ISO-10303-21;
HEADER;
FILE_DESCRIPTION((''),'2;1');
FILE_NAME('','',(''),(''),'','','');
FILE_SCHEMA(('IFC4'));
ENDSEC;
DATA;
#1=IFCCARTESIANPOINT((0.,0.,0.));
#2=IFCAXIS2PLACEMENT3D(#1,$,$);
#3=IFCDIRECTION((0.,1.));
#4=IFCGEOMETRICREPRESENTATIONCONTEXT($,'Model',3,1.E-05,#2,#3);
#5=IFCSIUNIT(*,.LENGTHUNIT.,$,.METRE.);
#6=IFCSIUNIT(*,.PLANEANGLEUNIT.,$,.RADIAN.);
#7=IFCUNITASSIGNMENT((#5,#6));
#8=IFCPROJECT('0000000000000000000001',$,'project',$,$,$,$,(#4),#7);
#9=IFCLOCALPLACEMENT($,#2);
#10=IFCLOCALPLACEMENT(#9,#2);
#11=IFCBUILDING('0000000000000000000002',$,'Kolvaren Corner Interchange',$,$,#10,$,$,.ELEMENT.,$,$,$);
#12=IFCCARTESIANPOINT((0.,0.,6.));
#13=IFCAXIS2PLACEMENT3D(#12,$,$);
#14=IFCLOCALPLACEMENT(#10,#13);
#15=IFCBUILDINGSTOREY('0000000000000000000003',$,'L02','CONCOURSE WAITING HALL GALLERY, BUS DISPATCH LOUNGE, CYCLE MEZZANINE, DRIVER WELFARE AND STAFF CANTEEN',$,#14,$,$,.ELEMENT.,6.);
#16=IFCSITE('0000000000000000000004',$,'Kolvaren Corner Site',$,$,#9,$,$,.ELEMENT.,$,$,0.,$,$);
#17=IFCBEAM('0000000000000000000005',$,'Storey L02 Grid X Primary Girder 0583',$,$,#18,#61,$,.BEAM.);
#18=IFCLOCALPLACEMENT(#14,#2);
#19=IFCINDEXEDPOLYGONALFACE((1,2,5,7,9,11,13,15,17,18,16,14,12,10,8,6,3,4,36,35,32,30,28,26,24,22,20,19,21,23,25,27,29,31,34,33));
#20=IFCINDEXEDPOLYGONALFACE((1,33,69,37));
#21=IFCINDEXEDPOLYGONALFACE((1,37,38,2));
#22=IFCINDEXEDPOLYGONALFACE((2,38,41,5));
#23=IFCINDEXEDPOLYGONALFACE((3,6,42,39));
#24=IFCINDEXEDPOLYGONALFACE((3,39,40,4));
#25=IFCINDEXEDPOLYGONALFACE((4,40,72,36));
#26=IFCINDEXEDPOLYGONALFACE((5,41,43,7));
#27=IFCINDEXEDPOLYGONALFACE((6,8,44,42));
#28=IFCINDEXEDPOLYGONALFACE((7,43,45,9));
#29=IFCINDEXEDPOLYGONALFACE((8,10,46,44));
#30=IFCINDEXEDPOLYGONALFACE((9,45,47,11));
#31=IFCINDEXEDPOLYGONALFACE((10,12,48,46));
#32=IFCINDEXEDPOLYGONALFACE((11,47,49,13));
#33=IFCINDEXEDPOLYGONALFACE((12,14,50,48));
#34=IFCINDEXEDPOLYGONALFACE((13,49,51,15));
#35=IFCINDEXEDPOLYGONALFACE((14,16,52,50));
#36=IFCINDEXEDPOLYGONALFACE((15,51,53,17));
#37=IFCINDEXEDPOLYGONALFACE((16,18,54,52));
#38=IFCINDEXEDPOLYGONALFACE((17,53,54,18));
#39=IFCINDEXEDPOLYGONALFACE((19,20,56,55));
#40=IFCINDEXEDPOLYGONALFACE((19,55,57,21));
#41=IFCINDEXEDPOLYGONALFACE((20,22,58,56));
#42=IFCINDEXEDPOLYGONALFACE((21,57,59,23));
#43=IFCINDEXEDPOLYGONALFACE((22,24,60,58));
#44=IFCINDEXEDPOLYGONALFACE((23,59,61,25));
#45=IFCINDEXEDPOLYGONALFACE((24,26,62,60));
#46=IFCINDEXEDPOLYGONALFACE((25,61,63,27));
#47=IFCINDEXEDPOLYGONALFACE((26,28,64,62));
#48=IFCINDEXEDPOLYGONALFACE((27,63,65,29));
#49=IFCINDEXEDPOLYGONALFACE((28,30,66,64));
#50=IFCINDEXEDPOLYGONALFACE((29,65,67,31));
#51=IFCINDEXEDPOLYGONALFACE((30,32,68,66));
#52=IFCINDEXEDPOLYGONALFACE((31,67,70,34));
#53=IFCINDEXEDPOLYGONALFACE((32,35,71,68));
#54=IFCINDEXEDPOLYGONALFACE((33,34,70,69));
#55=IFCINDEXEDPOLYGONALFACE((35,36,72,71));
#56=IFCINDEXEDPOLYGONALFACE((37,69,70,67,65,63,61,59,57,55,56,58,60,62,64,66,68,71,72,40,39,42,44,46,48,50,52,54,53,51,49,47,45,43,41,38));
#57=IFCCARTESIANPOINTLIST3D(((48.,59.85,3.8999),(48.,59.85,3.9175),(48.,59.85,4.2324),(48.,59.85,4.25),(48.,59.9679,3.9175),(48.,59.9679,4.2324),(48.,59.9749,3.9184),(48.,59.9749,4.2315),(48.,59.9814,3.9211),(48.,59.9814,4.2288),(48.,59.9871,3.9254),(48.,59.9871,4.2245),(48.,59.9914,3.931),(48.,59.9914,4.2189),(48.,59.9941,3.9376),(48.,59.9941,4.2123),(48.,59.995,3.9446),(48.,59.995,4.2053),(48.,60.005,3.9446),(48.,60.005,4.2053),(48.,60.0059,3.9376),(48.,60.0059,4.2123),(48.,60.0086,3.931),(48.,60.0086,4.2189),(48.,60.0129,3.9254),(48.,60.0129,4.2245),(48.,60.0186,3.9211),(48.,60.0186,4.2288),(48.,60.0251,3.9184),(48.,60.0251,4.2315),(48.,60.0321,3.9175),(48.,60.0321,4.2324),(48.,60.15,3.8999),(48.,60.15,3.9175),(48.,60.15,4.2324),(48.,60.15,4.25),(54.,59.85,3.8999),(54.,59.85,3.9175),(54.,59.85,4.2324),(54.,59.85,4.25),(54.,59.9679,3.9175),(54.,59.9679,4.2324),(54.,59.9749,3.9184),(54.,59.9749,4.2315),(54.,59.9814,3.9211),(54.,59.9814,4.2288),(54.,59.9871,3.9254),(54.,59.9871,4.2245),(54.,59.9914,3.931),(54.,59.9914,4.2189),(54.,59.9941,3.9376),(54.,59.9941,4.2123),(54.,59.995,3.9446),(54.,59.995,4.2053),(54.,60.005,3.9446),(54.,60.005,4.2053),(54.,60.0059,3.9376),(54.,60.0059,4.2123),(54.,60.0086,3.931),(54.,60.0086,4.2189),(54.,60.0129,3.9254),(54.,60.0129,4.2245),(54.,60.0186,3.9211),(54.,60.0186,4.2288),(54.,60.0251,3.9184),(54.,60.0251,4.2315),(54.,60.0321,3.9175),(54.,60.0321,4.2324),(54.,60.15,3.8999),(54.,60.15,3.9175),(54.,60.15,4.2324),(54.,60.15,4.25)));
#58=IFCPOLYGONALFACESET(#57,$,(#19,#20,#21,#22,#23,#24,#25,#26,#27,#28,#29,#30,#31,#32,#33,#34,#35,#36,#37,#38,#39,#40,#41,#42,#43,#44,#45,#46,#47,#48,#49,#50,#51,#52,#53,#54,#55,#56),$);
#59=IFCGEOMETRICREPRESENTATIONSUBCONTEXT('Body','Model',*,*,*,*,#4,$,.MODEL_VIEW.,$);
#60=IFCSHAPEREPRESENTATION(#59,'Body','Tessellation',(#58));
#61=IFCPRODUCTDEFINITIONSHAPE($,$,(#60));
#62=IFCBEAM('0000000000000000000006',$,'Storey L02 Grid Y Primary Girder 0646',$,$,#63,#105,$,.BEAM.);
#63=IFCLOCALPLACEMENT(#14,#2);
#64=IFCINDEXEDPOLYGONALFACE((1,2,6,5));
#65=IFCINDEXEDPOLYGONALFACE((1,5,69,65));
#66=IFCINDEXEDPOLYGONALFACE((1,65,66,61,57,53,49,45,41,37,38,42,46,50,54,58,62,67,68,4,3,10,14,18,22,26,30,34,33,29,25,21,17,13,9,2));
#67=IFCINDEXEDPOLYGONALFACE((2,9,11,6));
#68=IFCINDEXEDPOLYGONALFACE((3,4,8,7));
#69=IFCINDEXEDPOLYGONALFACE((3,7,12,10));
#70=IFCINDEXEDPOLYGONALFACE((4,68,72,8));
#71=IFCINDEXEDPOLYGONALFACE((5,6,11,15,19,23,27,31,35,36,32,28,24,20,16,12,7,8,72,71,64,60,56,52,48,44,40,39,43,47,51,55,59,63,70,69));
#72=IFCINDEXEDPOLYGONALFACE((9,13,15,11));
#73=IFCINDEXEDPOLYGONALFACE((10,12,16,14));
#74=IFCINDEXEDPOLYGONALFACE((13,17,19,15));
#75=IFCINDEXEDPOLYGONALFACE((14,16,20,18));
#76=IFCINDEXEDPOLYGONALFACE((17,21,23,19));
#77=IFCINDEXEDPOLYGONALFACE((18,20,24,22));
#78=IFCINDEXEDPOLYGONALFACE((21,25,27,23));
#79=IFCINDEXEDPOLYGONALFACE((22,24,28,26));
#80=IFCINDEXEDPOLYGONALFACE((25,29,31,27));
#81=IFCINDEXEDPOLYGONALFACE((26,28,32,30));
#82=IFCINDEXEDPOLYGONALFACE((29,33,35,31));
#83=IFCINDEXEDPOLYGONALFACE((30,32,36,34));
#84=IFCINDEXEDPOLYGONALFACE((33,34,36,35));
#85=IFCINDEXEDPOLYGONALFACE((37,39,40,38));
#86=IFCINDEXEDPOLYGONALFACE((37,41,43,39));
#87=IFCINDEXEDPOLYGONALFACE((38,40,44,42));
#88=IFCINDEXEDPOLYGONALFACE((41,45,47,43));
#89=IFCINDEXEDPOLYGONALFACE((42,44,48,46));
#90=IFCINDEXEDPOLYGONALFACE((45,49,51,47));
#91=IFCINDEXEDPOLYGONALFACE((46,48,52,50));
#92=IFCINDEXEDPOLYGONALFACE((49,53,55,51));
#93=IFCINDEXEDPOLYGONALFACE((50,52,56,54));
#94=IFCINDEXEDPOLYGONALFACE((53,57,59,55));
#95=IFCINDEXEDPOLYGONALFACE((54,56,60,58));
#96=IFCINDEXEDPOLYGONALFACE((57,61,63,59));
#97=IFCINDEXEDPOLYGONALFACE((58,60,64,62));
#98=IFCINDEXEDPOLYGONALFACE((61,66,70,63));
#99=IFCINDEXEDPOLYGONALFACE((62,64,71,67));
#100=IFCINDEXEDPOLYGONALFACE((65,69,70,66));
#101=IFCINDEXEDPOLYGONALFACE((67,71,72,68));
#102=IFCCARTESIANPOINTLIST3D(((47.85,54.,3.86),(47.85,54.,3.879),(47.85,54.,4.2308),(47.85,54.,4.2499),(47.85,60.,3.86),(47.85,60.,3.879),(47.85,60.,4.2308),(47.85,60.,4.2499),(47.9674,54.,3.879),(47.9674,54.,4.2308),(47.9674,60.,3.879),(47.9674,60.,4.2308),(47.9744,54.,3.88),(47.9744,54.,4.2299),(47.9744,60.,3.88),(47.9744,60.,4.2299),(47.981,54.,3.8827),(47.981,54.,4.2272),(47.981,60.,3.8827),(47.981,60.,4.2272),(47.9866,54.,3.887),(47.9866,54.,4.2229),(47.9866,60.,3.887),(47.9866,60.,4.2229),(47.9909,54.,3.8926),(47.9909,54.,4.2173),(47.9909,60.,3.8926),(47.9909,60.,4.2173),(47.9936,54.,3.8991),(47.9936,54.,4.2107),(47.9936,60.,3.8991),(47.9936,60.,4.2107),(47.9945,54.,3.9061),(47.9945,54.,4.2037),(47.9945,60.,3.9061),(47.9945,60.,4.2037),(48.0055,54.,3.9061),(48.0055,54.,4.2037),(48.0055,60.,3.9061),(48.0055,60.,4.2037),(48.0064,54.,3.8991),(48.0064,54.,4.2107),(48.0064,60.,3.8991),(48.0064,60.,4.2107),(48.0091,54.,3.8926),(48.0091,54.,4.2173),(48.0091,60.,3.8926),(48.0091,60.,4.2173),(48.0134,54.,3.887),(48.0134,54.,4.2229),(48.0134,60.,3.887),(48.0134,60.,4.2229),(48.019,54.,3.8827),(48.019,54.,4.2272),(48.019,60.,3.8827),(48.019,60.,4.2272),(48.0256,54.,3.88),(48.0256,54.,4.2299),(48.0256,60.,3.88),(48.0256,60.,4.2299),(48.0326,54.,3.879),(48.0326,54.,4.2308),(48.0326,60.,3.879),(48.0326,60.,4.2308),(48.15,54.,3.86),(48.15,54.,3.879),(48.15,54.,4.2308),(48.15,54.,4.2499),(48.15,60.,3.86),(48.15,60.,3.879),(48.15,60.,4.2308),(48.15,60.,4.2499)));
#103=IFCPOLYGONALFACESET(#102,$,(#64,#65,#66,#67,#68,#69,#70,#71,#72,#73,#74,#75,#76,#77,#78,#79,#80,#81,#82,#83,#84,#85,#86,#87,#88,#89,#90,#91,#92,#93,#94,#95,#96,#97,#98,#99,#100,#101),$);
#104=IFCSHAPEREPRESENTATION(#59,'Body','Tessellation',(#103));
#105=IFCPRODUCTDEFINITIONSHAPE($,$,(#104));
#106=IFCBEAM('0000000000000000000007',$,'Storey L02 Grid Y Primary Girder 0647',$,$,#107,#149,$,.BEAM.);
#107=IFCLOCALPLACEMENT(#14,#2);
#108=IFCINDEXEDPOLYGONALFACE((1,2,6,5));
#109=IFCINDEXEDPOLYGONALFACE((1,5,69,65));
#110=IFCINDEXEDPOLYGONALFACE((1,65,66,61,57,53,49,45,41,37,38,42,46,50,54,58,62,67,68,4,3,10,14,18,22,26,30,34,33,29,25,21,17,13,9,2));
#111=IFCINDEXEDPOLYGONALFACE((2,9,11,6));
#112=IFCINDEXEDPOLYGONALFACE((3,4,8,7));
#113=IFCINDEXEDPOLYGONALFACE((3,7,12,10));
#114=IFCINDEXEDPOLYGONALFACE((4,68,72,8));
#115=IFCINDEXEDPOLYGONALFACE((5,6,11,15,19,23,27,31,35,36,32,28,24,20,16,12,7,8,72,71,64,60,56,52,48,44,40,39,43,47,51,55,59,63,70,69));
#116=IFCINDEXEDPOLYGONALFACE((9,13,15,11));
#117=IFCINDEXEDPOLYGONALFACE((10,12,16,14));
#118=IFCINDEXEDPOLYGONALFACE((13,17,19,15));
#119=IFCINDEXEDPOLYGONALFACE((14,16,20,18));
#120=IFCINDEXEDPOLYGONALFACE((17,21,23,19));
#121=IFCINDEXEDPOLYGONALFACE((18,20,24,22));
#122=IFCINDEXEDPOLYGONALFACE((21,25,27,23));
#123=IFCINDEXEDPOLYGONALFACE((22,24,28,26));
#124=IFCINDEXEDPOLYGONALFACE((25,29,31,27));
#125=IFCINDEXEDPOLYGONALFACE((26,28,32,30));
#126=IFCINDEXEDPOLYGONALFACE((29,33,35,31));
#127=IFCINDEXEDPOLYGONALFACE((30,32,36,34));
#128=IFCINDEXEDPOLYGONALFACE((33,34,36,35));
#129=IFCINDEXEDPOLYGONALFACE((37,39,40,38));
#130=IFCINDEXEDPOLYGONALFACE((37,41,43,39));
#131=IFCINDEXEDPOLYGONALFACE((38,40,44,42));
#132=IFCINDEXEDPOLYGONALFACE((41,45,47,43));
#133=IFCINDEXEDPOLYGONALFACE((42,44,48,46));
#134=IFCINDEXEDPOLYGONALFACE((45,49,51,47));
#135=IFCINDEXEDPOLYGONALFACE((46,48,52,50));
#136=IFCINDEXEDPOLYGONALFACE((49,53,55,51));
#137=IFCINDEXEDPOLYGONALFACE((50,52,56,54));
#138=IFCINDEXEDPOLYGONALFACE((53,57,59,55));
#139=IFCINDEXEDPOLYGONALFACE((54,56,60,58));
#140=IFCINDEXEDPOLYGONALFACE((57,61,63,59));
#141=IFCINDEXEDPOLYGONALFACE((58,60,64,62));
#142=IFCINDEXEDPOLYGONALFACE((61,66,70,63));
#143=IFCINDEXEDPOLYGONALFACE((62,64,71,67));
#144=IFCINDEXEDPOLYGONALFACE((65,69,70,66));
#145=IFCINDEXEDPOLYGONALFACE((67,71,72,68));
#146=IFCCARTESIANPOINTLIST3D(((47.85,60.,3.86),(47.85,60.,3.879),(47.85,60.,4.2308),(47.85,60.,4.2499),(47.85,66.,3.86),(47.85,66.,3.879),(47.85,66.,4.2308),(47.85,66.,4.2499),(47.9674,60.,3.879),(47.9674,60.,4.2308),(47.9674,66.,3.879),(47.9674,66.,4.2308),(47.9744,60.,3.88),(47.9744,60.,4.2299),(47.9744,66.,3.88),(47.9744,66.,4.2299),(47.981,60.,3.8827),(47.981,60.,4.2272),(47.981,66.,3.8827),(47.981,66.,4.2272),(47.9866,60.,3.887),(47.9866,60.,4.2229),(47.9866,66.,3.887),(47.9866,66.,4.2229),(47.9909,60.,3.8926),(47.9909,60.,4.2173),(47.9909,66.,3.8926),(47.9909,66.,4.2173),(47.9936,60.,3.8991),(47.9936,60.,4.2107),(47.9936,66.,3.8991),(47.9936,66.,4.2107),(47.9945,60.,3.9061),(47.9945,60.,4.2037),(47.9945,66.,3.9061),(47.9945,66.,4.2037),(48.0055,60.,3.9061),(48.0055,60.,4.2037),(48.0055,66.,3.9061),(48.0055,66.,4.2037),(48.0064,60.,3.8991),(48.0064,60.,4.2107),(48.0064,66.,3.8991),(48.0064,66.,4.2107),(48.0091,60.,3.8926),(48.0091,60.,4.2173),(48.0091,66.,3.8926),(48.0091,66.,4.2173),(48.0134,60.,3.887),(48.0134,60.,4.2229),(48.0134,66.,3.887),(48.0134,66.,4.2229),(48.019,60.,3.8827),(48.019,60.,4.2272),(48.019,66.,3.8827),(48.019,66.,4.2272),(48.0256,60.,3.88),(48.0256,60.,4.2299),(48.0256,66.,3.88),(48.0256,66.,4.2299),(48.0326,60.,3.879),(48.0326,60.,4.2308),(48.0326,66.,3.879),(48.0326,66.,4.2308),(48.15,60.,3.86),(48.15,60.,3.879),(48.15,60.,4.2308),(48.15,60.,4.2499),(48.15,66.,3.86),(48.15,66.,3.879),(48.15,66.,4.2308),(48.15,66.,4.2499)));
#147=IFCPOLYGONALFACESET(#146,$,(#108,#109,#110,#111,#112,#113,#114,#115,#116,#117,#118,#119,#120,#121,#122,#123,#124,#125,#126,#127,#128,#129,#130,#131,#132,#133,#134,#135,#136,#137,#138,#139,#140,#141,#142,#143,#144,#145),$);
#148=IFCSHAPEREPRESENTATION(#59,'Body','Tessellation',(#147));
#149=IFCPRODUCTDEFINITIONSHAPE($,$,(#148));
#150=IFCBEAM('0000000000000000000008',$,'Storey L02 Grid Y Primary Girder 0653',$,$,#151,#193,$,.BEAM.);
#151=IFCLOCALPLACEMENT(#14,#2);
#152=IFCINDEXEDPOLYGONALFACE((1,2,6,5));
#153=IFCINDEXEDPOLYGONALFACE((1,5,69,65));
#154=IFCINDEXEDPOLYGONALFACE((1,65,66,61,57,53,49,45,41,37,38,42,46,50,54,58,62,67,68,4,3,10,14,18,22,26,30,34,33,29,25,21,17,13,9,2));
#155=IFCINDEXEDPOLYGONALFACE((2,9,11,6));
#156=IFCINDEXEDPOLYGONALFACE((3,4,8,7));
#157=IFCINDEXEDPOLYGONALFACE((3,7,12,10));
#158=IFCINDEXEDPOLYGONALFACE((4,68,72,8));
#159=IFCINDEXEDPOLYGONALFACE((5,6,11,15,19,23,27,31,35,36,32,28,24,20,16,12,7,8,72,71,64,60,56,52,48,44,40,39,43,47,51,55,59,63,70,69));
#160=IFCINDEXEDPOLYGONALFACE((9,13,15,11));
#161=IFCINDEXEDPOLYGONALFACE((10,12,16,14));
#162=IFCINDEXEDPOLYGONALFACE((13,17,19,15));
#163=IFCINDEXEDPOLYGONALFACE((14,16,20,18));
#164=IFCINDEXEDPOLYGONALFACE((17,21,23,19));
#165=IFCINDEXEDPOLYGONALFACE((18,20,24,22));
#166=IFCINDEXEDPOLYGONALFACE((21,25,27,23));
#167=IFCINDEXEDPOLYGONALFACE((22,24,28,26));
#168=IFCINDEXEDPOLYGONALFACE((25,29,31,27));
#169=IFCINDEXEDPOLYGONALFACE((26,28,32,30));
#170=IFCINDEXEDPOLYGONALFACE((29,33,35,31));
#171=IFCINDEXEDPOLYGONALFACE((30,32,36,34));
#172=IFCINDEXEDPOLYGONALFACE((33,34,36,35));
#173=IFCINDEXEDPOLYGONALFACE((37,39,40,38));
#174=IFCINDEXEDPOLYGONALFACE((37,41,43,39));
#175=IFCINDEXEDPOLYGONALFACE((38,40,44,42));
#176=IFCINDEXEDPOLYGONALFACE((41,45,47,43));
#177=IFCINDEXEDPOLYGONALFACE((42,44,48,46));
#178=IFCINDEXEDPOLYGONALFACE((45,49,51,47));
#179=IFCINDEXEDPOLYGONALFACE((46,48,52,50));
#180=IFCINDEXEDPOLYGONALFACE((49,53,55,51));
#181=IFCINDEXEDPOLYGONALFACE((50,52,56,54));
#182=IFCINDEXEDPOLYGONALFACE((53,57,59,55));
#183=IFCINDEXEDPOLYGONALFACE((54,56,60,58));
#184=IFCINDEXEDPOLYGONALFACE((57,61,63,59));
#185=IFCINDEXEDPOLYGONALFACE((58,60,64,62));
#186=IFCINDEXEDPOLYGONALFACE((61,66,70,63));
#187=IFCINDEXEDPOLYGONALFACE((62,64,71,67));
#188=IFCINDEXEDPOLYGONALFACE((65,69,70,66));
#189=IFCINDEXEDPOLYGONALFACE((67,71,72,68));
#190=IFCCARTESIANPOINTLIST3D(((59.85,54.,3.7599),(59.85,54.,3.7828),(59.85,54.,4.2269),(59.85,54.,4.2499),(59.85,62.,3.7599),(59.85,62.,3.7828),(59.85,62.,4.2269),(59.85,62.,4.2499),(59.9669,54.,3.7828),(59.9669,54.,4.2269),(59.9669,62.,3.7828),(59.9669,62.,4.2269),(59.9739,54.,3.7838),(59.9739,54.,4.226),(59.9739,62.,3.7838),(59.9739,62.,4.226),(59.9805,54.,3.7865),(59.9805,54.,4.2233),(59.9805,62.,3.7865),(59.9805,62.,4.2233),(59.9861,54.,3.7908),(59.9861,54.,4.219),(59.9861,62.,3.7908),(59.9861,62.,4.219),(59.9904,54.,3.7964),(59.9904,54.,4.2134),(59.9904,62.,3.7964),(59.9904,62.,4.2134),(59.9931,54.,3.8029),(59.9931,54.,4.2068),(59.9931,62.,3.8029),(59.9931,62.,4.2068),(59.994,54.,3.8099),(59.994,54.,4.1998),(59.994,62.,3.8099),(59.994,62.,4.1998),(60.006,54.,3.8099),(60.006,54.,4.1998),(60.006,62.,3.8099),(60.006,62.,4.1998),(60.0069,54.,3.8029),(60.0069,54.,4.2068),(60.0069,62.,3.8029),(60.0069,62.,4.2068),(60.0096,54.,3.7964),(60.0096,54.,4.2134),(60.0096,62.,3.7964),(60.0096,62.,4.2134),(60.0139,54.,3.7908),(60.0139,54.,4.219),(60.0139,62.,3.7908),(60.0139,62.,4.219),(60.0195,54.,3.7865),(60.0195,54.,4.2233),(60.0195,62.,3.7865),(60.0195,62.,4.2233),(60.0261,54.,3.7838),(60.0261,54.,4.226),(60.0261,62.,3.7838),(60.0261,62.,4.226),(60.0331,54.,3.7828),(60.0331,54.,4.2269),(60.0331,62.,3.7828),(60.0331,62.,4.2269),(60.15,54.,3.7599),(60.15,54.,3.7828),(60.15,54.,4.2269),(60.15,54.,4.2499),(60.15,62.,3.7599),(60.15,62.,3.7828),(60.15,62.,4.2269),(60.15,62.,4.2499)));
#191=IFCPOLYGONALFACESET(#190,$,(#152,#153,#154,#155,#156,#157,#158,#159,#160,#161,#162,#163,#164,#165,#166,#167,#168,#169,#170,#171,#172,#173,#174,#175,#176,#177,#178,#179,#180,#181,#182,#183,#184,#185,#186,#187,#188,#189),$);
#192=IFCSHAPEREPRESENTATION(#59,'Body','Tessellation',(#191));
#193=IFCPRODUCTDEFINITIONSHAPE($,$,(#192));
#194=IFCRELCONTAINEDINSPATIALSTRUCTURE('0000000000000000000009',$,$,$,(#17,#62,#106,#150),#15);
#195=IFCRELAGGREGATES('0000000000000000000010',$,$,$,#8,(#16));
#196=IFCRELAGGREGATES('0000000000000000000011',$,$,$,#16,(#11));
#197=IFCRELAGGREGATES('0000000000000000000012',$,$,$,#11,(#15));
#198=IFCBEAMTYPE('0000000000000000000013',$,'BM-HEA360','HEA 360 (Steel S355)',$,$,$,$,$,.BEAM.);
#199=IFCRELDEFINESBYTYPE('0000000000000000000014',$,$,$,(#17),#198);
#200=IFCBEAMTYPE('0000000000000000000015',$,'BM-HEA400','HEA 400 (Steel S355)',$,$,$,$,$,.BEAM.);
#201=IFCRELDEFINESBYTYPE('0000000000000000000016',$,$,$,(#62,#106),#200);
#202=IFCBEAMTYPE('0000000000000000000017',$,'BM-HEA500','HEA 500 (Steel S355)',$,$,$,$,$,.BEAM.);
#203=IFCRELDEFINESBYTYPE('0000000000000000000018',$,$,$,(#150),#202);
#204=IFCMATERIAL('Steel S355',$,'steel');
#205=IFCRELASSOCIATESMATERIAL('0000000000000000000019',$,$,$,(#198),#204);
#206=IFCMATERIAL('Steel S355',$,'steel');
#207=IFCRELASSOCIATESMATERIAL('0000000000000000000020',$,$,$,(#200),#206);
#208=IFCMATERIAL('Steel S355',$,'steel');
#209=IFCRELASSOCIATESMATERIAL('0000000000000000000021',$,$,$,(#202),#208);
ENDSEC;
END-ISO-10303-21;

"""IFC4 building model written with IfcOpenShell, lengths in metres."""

from ifc_helpers import new_model, si_unit, direction, frame, origin, origin_2d, place, context, subcontext, project, spatial, i_section, extrude, material, material_profile, profile_set, type_object, element, save


model = new_model("IFC4")

# Units and contexts
model_context = context("Model", 3, precision=1e-05, world=origin(), true_north=direction((0.0, 1.0)))
body_context = subcontext(model_context, "Body", "Model", "MODEL_VIEW")
ifc_project = project(units=[si_unit("LENGTHUNIT", "METRE"), si_unit("PLANEANGLEUNIT", "RADIAN")], contexts=[model_context])

# Site, building, storey
site_placement = place(None, origin())
site = spatial("IfcSite", under=ifc_project, at=site_placement, Name="Kolvaren Corner Site", CompositionType="ELEMENT", RefElevation=0.0)
building_placement = place(site_placement, origin())
building = spatial("IfcBuilding", under=site, at=building_placement, Name="Kolvaren Corner Interchange", CompositionType="ELEMENT")
storey_placement = place(building_placement, frame((0.0, 0.0, 6.0)))
storey = spatial("IfcBuildingStorey", under=building, at=storey_placement, Name="L02", Description="CONCOURSE WAITING HALL GALLERY, BUS DISPATCH LOUNGE, CYCLE MEZZANINE, DRIVER WELFARE AND STAFF CANTEEN", CompositionType="ELEMENT", Elevation=6.0)

# Beams
ifc_material_1 = material(Name="Steel S355", Category="steel")
ifc_material_profile_1 = material_profile(ifc_material_1, i_section(OverallWidth=0.3, OverallDepth=0.3501, WebThickness=0.01, FlangeThickness=0.0176, FilletRadius=0.0271, at=origin_2d()), Name="HEA 360")
ifc_profile_set_1 = profile_set([ifc_material_profile_1], Name="Steel S355")
beam_type_1 = type_object("IfcBeamType", Name="BM-HEA360", Description="HEA 360 (Steel S355)", PredefinedType="BEAM", material=ifc_profile_set_1)
beam_1_placement = place(storey_placement, frame((48.0, 60.0, 4.075), z_axis=(1.0, 0.0, 0.0), x_axis=(0.0, 1.0, 0.0)))
element("IfcBeam", 1, at=beam_1_placement, inside=storey, type_object=beam_type_1, Name="Storey L02 Grid X Primary Girder 0583", PredefinedType="BEAM", context=body_context, shape_type="SweptSolid", body=[
    extrude(i_section(OverallWidth=0.3, OverallDepth=0.3501, WebThickness=0.01, FlangeThickness=0.0176, FilletRadius=0.0271, at=origin_2d()), origin(), (0.0, 0.0, 1.0), 6.0),
])
ifc_material_2 = material(Name="Steel S355", Category="steel")
ifc_material_profile_2 = material_profile(ifc_material_2, i_section(OverallWidth=0.3, OverallDepth=0.3899, WebThickness=0.011, FlangeThickness=0.019, FilletRadius=0.0271, at=origin_2d()), Name="HEA 400")
ifc_profile_set_2 = profile_set([ifc_material_profile_2], Name="Steel S355")
beam_type_2 = type_object("IfcBeamType", Name="BM-HEA400", Description="HEA 400 (Steel S355)", PredefinedType="BEAM", material=ifc_profile_set_2)
for number, where, z_axis, x_axis, name in (
    (2, (48.0, 54.0, 4.0549), (0.0, 1.0, 0.0), (-1.0, 0.0, 0.0), "Storey L02 Grid Y Primary Girder 0646"),
    (3, (48.0, 60.0, 4.0549), (0.0, 1.0, 0.0), (-1.0, 0.0, 0.0), "Storey L02 Grid Y Primary Girder 0647"),
):
    element("IfcBeam", number, at=place(storey_placement, frame(where, z_axis=z_axis, x_axis=x_axis)), inside=storey, type_object=beam_type_2, Name=name, PredefinedType="BEAM", context=body_context, shape_type="SweptSolid", body=[
        extrude(i_section(OverallWidth=0.3, OverallDepth=0.3899, WebThickness=0.011, FlangeThickness=0.019, FilletRadius=0.0271, at=origin_2d()), origin(), (0.0, 0.0, 1.0), 6.0),
    ])
ifc_material_3 = material(Name="Steel S355", Category="steel")
ifc_material_profile_3 = material_profile(ifc_material_3, i_section(OverallWidth=0.3, OverallDepth=0.49, WebThickness=0.012, FlangeThickness=0.0229, FilletRadius=0.0271, at=origin_2d()), Name="HEA 500")
ifc_profile_set_3 = profile_set([ifc_material_profile_3], Name="Steel S355")
beam_type_3 = type_object("IfcBeamType", Name="BM-HEA500", Description="HEA 500 (Steel S355)", PredefinedType="BEAM", material=ifc_profile_set_3)
beam_2_placement = place(storey_placement, frame((60.0, 54.0, 4.0049), z_axis=(0.0, 1.0, 0.0), x_axis=(-1.0, 0.0, 0.0)))
element("IfcBeam", 4, at=beam_2_placement, inside=storey, type_object=beam_type_3, Name="Storey L02 Grid Y Primary Girder 0653", PredefinedType="BEAM", context=body_context, shape_type="SweptSolid", body=[
    extrude(i_section(OverallWidth=0.3, OverallDepth=0.49, WebThickness=0.012, FlangeThickness=0.0229, FilletRadius=0.0271, at=origin_2d()), origin(), (0.0, 0.0, 1.0), 8.0),
])

save(model, "model.ifc")
